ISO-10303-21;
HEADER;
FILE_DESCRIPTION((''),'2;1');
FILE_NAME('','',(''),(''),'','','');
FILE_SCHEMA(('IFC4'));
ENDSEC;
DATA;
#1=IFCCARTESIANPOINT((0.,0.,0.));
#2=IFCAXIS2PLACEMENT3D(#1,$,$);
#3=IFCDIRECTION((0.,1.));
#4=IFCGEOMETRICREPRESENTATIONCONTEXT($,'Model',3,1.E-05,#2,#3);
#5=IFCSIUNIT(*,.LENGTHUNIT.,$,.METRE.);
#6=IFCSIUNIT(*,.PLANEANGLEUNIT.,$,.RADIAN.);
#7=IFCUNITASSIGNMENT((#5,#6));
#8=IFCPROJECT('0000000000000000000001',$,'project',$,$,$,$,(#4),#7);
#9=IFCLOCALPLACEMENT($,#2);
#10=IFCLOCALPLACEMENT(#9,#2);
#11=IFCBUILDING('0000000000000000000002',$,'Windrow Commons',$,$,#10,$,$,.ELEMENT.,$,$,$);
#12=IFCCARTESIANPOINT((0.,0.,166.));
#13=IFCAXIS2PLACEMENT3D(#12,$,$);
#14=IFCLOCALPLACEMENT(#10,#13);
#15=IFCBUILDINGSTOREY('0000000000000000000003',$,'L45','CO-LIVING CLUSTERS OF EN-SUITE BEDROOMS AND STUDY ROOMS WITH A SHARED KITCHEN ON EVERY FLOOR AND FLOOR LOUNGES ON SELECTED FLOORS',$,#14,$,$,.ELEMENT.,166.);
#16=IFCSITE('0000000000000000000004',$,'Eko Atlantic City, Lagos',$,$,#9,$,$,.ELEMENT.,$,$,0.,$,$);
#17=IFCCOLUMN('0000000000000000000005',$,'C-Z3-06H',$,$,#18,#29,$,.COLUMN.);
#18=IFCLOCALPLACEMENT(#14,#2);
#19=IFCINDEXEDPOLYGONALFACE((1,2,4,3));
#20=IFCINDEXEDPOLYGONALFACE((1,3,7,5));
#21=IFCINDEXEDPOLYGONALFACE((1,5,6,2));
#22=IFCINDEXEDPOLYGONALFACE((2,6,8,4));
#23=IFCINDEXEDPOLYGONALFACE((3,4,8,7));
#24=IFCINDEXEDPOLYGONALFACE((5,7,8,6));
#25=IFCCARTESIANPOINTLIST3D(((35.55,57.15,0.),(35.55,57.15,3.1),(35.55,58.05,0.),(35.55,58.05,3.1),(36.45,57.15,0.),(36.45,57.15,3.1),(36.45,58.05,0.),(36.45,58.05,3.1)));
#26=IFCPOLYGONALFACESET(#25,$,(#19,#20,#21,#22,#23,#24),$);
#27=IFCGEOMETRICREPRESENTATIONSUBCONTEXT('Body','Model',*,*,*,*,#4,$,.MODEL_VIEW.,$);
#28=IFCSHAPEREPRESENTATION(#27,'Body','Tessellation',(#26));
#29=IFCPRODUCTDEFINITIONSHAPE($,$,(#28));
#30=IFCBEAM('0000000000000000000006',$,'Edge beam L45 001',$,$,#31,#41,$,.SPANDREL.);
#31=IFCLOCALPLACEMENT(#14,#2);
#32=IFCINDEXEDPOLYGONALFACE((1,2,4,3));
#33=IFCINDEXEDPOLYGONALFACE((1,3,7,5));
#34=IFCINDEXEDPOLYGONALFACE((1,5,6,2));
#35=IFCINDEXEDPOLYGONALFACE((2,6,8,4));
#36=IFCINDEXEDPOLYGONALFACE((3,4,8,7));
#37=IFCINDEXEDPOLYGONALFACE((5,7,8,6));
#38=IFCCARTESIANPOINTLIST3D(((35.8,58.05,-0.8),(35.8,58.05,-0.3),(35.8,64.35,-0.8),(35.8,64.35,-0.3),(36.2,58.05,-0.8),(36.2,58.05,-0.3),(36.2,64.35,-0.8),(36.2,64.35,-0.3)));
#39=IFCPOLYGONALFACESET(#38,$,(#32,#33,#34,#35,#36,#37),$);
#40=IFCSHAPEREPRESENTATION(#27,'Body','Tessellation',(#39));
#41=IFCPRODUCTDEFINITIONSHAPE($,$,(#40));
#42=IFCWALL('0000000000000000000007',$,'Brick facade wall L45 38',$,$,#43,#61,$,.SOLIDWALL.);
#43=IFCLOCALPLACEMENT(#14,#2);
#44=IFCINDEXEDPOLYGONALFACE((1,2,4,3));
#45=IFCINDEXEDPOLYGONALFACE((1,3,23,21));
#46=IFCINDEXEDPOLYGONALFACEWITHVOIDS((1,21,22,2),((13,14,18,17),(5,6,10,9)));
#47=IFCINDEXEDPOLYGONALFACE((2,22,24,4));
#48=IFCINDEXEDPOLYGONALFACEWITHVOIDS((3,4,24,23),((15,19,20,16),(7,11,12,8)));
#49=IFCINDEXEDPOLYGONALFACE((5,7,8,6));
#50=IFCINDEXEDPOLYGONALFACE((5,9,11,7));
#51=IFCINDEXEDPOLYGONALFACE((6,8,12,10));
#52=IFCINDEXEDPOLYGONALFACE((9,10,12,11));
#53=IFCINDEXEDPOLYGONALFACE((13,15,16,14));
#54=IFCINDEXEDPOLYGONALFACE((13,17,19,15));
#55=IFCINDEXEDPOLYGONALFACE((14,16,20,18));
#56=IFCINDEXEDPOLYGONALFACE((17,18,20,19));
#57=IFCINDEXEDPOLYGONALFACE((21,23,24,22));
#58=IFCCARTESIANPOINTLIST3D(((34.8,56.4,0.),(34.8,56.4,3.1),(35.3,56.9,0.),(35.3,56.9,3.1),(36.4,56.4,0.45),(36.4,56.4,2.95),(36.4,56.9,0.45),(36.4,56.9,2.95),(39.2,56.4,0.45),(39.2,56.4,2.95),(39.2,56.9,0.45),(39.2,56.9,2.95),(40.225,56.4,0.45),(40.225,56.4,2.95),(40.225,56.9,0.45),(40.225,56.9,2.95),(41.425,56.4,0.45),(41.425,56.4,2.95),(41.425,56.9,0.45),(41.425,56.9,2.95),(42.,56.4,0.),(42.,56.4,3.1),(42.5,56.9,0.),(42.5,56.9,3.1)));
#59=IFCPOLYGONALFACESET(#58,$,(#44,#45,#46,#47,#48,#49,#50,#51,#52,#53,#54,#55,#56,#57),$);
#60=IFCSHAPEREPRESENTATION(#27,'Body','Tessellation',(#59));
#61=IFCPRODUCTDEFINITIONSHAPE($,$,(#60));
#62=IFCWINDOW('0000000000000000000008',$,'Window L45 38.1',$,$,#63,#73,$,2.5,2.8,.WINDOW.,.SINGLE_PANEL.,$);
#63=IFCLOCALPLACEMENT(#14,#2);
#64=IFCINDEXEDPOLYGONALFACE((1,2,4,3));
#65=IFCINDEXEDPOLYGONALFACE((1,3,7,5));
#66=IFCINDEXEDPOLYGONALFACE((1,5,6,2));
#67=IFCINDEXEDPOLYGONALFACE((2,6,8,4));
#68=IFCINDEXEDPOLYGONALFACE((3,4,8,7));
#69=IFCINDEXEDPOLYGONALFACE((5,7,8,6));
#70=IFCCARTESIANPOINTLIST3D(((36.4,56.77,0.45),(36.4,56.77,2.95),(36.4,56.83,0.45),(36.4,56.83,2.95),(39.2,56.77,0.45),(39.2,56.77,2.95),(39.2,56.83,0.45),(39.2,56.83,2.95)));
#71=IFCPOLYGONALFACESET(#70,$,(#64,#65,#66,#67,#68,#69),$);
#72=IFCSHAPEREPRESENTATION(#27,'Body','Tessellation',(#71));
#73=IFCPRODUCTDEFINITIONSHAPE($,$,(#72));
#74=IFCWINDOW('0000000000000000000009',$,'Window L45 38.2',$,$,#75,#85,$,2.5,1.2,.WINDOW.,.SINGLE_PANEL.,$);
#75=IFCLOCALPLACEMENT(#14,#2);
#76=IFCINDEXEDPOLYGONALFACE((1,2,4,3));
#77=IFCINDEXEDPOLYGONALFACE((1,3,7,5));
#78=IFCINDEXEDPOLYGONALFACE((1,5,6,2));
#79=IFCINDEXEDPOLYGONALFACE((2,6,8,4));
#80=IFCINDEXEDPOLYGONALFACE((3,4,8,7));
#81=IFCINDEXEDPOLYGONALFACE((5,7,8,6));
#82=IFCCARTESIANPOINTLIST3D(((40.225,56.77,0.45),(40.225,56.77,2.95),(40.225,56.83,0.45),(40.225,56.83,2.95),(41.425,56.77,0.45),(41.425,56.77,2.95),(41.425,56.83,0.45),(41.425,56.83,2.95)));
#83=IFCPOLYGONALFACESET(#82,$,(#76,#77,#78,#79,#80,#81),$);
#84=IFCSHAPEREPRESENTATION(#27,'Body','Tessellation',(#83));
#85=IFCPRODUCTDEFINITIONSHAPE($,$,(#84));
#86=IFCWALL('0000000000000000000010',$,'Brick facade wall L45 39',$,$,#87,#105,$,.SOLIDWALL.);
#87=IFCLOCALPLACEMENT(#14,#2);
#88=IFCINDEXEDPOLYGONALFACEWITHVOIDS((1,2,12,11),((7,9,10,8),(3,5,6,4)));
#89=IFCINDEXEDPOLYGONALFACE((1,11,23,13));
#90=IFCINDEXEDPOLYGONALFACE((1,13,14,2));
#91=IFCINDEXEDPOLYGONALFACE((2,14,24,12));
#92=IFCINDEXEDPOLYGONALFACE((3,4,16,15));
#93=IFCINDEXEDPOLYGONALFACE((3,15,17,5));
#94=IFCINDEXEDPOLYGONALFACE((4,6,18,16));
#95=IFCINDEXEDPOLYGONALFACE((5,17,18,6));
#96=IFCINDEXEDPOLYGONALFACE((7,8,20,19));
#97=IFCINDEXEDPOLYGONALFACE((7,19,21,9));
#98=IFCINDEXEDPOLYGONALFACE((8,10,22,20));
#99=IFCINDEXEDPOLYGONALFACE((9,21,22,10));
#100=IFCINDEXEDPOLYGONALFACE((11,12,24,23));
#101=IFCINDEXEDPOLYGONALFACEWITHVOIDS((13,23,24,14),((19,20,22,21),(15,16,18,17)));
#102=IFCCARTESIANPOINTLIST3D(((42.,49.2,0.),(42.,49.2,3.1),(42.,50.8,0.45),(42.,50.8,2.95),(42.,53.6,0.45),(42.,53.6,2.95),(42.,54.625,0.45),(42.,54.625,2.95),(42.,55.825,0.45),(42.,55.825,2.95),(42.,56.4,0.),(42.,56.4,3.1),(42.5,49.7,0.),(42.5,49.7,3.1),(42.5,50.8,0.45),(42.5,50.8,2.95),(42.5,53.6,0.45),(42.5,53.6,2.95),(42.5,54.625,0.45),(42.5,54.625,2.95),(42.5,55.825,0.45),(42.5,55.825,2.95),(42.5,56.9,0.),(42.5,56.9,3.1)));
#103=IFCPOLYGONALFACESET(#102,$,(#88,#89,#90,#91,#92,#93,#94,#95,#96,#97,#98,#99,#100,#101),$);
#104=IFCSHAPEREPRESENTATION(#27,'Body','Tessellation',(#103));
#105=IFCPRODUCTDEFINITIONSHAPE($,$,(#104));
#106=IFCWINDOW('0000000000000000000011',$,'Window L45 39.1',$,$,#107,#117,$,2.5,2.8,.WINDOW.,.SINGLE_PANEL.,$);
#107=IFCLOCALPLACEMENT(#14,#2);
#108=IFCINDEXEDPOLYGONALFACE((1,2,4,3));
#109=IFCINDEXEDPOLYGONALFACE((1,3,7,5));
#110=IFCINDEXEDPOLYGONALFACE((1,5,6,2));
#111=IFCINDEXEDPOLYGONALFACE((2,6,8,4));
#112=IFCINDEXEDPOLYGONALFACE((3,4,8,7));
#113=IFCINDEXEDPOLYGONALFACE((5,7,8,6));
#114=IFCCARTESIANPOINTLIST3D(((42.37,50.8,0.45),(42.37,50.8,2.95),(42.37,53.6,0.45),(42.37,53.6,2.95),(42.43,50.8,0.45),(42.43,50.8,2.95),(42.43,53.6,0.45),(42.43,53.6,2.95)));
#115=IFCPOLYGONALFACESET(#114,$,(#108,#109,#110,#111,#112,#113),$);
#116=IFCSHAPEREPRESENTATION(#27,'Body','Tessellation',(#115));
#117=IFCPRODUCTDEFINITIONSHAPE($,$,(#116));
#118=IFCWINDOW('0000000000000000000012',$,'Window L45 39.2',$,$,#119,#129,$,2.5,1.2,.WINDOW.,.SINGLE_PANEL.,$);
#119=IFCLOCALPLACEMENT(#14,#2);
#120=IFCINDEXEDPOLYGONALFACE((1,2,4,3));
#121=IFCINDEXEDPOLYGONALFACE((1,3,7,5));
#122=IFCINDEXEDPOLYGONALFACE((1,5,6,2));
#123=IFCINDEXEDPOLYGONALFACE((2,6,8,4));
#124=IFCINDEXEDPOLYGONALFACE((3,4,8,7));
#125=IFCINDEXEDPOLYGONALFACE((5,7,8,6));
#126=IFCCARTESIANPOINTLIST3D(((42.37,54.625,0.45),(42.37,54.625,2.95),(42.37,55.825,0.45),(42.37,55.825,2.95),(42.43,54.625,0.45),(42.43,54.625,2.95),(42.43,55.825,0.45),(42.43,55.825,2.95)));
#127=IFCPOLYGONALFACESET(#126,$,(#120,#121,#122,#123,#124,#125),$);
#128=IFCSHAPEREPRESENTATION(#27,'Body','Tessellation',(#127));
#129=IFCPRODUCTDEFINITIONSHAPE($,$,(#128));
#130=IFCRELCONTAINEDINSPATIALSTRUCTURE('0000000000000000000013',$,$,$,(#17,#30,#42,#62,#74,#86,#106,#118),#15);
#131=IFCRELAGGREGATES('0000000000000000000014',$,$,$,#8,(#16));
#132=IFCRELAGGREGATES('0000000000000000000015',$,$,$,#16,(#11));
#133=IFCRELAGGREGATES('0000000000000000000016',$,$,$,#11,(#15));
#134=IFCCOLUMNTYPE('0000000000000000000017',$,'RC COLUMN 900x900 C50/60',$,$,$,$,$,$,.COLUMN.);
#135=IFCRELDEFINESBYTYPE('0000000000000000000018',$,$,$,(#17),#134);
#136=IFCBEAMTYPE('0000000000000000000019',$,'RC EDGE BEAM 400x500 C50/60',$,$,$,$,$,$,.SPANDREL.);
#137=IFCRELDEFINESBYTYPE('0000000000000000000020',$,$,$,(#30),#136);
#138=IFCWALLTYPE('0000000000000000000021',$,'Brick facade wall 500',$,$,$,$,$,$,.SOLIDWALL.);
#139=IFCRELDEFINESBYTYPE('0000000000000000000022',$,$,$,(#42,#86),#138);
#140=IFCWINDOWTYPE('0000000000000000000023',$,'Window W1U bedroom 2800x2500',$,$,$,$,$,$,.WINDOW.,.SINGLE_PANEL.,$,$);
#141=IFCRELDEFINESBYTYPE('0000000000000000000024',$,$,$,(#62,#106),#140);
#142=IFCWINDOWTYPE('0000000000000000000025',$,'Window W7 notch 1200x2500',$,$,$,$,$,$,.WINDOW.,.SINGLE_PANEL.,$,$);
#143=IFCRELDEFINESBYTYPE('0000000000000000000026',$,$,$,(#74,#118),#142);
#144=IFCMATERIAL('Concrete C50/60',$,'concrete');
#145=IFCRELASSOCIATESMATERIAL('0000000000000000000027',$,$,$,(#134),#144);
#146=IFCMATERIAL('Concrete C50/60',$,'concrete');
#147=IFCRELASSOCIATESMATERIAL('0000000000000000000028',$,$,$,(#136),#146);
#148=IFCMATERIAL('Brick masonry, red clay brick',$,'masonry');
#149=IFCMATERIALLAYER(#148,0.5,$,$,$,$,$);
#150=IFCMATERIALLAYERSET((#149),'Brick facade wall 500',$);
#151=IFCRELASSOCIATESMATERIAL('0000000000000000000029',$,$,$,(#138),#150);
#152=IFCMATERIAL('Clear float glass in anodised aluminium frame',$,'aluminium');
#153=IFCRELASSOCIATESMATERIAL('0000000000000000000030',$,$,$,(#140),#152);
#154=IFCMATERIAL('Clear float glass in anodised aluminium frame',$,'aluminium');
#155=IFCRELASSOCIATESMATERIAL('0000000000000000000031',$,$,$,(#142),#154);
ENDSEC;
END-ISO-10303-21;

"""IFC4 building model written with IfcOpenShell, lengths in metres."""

from ifc_helpers import new_model, si_unit, direction, frame, frame_2d, origin, origin_2d, place, context, subcontext, project, spatial, polyline, rectangle, outline, extrude, material, layer, layer_set, material_profile, profile_set, type_object, element, fill, save


model = new_model("IFC4")

# Units and contexts
model_context = context("Model", 3, precision=1e-05, world=origin(), true_north=direction((0.0, 1.0)))
body_context = subcontext(model_context, "Body", "Model", "MODEL_VIEW")
ifc_project = project(units=[si_unit("LENGTHUNIT", "METRE"), si_unit("PLANEANGLEUNIT", "RADIAN")], contexts=[model_context])

# Site, building, storey
site_placement = place(None, origin())
site = spatial("IfcSite", under=ifc_project, at=site_placement, Name="Eko Atlantic City, Lagos", CompositionType="ELEMENT", RefElevation=0.0)
building_placement = place(site_placement, origin())
building = spatial("IfcBuilding", under=site, at=building_placement, Name="Windrow Commons", CompositionType="ELEMENT")
storey_placement = place(building_placement, frame((0.0, 0.0, 166.0)))
storey = spatial("IfcBuildingStorey", under=building, at=storey_placement, Name="L45", Description="CO-LIVING CLUSTERS OF EN-SUITE BEDROOMS AND STUDY ROOMS WITH A SHARED KITCHEN ON EVERY FLOOR AND FLOOR LOUNGES ON SELECTED FLOORS", CompositionType="ELEMENT", Elevation=166.0)

# Column
ifc_material_1 = material(Name="Concrete C50/60", Category="concrete")
ifc_material_profile_1 = material_profile(ifc_material_1, rectangle(XDim=0.9, YDim=0.9, at=origin_2d()))
ifc_profile_set_1 = profile_set([ifc_material_profile_1], Name="Concrete C50/60")
column_type = type_object("IfcColumnType", Name="RC COLUMN 900x900 C50/60", PredefinedType="COLUMN", material=ifc_profile_set_1)
column_placement = place(storey_placement, frame((36.0, 57.6, 0.0), z_axis=(0.0, 0.0, 1.0), x_axis=(1.0, 0.0, 0.0)))
element("IfcColumn", 1, at=column_placement, inside=storey, type_object=column_type, Name="C-Z3-06H", PredefinedType="COLUMN", context=body_context, shape_type="SweptSolid", body=[
    extrude(rectangle(XDim=0.9, YDim=0.9, at=origin_2d()), origin(), (0.0, 0.0, 1.0), 3.1),
])

# Beam
ifc_material_2 = material(Name="Concrete C50/60", Category="concrete")
ifc_material_profile_2 = material_profile(ifc_material_2, rectangle(XDim=0.4, YDim=0.5, at=origin_2d()))
ifc_profile_set_2 = profile_set([ifc_material_profile_2], Name="Concrete C50/60")
beam_type = type_object("IfcBeamType", Name="RC EDGE BEAM 400x500 C50/60", PredefinedType="SPANDREL", material=ifc_profile_set_2)
beam_placement = place(storey_placement, frame((36.0, 58.05, -0.55), z_axis=(0.0, 1.0, 0.0), x_axis=(-1.0, 0.0, 0.0)))
element("IfcBeam", 2, at=beam_placement, inside=storey, type_object=beam_type, Name="Edge beam L45 001", PredefinedType="SPANDREL", context=body_context, shape_type="SweptSolid", body=[
    extrude(rectangle(XDim=0.4, YDim=0.5, at=origin_2d()), origin(), (0.0, 0.0, 1.0), 6.3),
])

# Walls, openings, windows
ifc_material_3 = material(Name="Brick masonry, red clay brick", Category="masonry")
ifc_layer_1 = layer(ifc_material_3, 0.5)
ifc_layer_set_1 = layer_set([ifc_layer_1], Name="Brick facade wall 500")
wall_type_1 = type_object("IfcWallType", Name="Brick facade wall 500", PredefinedType="SOLIDWALL", material=ifc_layer_set_1)
wall_1_placement = place(storey_placement, frame((35.05, 56.65, 0.0), z_axis=(0.0, 0.0, 1.0), x_axis=(1.0, 0.0, 0.0)))
wall_1 = element("IfcWall", 3, at=wall_1_placement, inside=storey, type_object=wall_type_1, Name="Brick facade wall L45 38", PredefinedType="SOLIDWALL", context=body_context, shape_type="SweptSolid", body=[
    extrude(outline(polyline([(-0.25, -0.25), (6.95, -0.25), (7.45, 0.25), (0.25, 0.25), (-0.25, -0.25)])), origin(), (0.0, 0.0, 1.0), 3.1),
])
opening_1_placement = place(wall_1_placement, frame((1.35, 0.0, 0.45)))
opening_1 = element("IfcOpeningElement", 4, at=opening_1_placement, cuts=wall_1, PredefinedType="OPENING", context=body_context, shape_type="SweptSolid", body=[
    extrude(rectangle(XDim=2.8, YDim=2.5, at=frame_2d((1.4, 1.25))), frame((0.0, 0.26, 0.0), z_axis=(0.0, -1.0, 0.0), x_axis=(1.0, 0.0, 0.0)), (0.0, 0.0, 1.0), 0.52),
])
opening_2_placement = place(wall_1_placement, frame((5.175, 0.0, 0.45)))
opening_2 = element("IfcOpeningElement", 5, at=opening_2_placement, cuts=wall_1, PredefinedType="OPENING", context=body_context, shape_type="SweptSolid", body=[
    extrude(rectangle(XDim=1.2, YDim=2.5, at=frame_2d((0.6, 1.25))), frame((0.0, 0.26, 0.0), z_axis=(0.0, -1.0, 0.0), x_axis=(1.0, 0.0, 0.0)), (0.0, 0.0, 1.0), 0.52),
])
ifc_material_4 = material(Name="Clear float glass in anodised aluminium frame", Category="aluminium")
window_type_1 = type_object("IfcWindowType", Name="Window W1U bedroom 2800x2500", PartitioningType="SINGLE_PANEL", PredefinedType="WINDOW", material=ifc_material_4)
window_1_placement = place(opening_1_placement, origin())
window_1 = element("IfcWindow", 6, at=window_1_placement, inside=storey, type_object=window_type_1, Name="Window L45 38.1", OverallHeight=2.5, OverallWidth=2.8, PartitioningType="SINGLE_PANEL", PredefinedType="WINDOW", context=body_context, shape_type="SweptSolid", body=[
    extrude(rectangle(XDim=2.8, YDim=2.5, at=frame_2d((1.4, 1.25))), frame((0.0, 0.18, 0.0), z_axis=(0.0, -1.0, 0.0), x_axis=(1.0, 0.0, 0.0)), (0.0, 0.0, 1.0), 0.06),
])
fill(opening_1, window_1)
ifc_material_5 = material(Name="Clear float glass in anodised aluminium frame", Category="aluminium")
window_type_2 = type_object("IfcWindowType", Name="Window W7 notch 1200x2500", PartitioningType="SINGLE_PANEL", PredefinedType="WINDOW", material=ifc_material_5)
window_2_placement = place(opening_2_placement, origin())
window_2 = element("IfcWindow", 7, at=window_2_placement, inside=storey, type_object=window_type_2, Name="Window L45 38.2", OverallHeight=2.5, OverallWidth=1.2, PartitioningType="SINGLE_PANEL", PredefinedType="WINDOW", context=body_context, shape_type="SweptSolid", body=[
    extrude(rectangle(XDim=1.2, YDim=2.5, at=frame_2d((0.6, 1.25))), frame((0.0, 0.18, 0.0), z_axis=(0.0, -1.0, 0.0), x_axis=(1.0, 0.0, 0.0)), (0.0, 0.0, 1.0), 0.06),
])
fill(opening_2, window_2)
wall_2_placement = place(storey_placement, frame((42.25, 56.65, 0.0), z_axis=(0.0, 0.0, 1.0), x_axis=(0.0, -1.0, 0.0)))
wall_2 = element("IfcWall", 8, at=wall_2_placement, inside=storey, type_object=wall_type_1, Name="Brick facade wall L45 39", PredefinedType="SOLIDWALL", context=body_context, shape_type="SweptSolid", body=[
    extrude(outline(polyline([(0.25, -0.25), (7.45, -0.25), (6.95, 0.25), (-0.25, 0.25), (0.25, -0.25)])), origin(), (0.0, 0.0, 1.0), 3.1),
])
opening_3_placement = place(wall_2_placement, frame((3.05, 0.0, 0.45)))
opening_3 = element("IfcOpeningElement", 9, at=opening_3_placement, cuts=wall_2, PredefinedType="OPENING", context=body_context, shape_type="SweptSolid", body=[
    extrude(rectangle(XDim=2.8, YDim=2.5, at=frame_2d((1.4, 1.25))), frame((0.0, 0.26, 0.0), z_axis=(0.0, -1.0, 0.0), x_axis=(1.0, 0.0, 0.0)), (0.0, 0.0, 1.0), 0.52),
])
opening_4_placement = place(wall_2_placement, frame((0.825, 0.0, 0.45)))
opening_4 = element("IfcOpeningElement", 10, at=opening_4_placement, cuts=wall_2, PredefinedType="OPENING", context=body_context, shape_type="SweptSolid", body=[
    extrude(rectangle(XDim=1.2, YDim=2.5, at=frame_2d((0.6, 1.25))), frame((0.0, 0.26, 0.0), z_axis=(0.0, -1.0, 0.0), x_axis=(1.0, 0.0, 0.0)), (0.0, 0.0, 1.0), 0.52),
])
window_3_placement = place(opening_3_placement, origin())
window_3 = element("IfcWindow", 11, at=window_3_placement, inside=storey, type_object=window_type_1, Name="Window L45 39.1", OverallHeight=2.5, OverallWidth=2.8, PartitioningType="SINGLE_PANEL", PredefinedType="WINDOW", context=body_context, shape_type="SweptSolid", body=[
    extrude(rectangle(XDim=2.8, YDim=2.5, at=frame_2d((1.4, 1.25))), frame((0.0, 0.18, 0.0), z_axis=(0.0, -1.0, 0.0), x_axis=(1.0, 0.0, 0.0)), (0.0, 0.0, 1.0), 0.06),
])
fill(opening_3, window_3)
window_4_placement = place(opening_4_placement, origin())
window_4 = element("IfcWindow", 12, at=window_4_placement, inside=storey, type_object=window_type_2, Name="Window L45 39.2", OverallHeight=2.5, OverallWidth=1.2, PartitioningType="SINGLE_PANEL", PredefinedType="WINDOW", context=body_context, shape_type="SweptSolid", body=[
    extrude(rectangle(XDim=1.2, YDim=2.5, at=frame_2d((0.6, 1.25))), frame((0.0, 0.18, 0.0), z_axis=(0.0, -1.0, 0.0), x_axis=(1.0, 0.0, 0.0)), (0.0, 0.0, 1.0), 0.06),
])
fill(opening_4, window_4)

save(model, "model.ifc")
